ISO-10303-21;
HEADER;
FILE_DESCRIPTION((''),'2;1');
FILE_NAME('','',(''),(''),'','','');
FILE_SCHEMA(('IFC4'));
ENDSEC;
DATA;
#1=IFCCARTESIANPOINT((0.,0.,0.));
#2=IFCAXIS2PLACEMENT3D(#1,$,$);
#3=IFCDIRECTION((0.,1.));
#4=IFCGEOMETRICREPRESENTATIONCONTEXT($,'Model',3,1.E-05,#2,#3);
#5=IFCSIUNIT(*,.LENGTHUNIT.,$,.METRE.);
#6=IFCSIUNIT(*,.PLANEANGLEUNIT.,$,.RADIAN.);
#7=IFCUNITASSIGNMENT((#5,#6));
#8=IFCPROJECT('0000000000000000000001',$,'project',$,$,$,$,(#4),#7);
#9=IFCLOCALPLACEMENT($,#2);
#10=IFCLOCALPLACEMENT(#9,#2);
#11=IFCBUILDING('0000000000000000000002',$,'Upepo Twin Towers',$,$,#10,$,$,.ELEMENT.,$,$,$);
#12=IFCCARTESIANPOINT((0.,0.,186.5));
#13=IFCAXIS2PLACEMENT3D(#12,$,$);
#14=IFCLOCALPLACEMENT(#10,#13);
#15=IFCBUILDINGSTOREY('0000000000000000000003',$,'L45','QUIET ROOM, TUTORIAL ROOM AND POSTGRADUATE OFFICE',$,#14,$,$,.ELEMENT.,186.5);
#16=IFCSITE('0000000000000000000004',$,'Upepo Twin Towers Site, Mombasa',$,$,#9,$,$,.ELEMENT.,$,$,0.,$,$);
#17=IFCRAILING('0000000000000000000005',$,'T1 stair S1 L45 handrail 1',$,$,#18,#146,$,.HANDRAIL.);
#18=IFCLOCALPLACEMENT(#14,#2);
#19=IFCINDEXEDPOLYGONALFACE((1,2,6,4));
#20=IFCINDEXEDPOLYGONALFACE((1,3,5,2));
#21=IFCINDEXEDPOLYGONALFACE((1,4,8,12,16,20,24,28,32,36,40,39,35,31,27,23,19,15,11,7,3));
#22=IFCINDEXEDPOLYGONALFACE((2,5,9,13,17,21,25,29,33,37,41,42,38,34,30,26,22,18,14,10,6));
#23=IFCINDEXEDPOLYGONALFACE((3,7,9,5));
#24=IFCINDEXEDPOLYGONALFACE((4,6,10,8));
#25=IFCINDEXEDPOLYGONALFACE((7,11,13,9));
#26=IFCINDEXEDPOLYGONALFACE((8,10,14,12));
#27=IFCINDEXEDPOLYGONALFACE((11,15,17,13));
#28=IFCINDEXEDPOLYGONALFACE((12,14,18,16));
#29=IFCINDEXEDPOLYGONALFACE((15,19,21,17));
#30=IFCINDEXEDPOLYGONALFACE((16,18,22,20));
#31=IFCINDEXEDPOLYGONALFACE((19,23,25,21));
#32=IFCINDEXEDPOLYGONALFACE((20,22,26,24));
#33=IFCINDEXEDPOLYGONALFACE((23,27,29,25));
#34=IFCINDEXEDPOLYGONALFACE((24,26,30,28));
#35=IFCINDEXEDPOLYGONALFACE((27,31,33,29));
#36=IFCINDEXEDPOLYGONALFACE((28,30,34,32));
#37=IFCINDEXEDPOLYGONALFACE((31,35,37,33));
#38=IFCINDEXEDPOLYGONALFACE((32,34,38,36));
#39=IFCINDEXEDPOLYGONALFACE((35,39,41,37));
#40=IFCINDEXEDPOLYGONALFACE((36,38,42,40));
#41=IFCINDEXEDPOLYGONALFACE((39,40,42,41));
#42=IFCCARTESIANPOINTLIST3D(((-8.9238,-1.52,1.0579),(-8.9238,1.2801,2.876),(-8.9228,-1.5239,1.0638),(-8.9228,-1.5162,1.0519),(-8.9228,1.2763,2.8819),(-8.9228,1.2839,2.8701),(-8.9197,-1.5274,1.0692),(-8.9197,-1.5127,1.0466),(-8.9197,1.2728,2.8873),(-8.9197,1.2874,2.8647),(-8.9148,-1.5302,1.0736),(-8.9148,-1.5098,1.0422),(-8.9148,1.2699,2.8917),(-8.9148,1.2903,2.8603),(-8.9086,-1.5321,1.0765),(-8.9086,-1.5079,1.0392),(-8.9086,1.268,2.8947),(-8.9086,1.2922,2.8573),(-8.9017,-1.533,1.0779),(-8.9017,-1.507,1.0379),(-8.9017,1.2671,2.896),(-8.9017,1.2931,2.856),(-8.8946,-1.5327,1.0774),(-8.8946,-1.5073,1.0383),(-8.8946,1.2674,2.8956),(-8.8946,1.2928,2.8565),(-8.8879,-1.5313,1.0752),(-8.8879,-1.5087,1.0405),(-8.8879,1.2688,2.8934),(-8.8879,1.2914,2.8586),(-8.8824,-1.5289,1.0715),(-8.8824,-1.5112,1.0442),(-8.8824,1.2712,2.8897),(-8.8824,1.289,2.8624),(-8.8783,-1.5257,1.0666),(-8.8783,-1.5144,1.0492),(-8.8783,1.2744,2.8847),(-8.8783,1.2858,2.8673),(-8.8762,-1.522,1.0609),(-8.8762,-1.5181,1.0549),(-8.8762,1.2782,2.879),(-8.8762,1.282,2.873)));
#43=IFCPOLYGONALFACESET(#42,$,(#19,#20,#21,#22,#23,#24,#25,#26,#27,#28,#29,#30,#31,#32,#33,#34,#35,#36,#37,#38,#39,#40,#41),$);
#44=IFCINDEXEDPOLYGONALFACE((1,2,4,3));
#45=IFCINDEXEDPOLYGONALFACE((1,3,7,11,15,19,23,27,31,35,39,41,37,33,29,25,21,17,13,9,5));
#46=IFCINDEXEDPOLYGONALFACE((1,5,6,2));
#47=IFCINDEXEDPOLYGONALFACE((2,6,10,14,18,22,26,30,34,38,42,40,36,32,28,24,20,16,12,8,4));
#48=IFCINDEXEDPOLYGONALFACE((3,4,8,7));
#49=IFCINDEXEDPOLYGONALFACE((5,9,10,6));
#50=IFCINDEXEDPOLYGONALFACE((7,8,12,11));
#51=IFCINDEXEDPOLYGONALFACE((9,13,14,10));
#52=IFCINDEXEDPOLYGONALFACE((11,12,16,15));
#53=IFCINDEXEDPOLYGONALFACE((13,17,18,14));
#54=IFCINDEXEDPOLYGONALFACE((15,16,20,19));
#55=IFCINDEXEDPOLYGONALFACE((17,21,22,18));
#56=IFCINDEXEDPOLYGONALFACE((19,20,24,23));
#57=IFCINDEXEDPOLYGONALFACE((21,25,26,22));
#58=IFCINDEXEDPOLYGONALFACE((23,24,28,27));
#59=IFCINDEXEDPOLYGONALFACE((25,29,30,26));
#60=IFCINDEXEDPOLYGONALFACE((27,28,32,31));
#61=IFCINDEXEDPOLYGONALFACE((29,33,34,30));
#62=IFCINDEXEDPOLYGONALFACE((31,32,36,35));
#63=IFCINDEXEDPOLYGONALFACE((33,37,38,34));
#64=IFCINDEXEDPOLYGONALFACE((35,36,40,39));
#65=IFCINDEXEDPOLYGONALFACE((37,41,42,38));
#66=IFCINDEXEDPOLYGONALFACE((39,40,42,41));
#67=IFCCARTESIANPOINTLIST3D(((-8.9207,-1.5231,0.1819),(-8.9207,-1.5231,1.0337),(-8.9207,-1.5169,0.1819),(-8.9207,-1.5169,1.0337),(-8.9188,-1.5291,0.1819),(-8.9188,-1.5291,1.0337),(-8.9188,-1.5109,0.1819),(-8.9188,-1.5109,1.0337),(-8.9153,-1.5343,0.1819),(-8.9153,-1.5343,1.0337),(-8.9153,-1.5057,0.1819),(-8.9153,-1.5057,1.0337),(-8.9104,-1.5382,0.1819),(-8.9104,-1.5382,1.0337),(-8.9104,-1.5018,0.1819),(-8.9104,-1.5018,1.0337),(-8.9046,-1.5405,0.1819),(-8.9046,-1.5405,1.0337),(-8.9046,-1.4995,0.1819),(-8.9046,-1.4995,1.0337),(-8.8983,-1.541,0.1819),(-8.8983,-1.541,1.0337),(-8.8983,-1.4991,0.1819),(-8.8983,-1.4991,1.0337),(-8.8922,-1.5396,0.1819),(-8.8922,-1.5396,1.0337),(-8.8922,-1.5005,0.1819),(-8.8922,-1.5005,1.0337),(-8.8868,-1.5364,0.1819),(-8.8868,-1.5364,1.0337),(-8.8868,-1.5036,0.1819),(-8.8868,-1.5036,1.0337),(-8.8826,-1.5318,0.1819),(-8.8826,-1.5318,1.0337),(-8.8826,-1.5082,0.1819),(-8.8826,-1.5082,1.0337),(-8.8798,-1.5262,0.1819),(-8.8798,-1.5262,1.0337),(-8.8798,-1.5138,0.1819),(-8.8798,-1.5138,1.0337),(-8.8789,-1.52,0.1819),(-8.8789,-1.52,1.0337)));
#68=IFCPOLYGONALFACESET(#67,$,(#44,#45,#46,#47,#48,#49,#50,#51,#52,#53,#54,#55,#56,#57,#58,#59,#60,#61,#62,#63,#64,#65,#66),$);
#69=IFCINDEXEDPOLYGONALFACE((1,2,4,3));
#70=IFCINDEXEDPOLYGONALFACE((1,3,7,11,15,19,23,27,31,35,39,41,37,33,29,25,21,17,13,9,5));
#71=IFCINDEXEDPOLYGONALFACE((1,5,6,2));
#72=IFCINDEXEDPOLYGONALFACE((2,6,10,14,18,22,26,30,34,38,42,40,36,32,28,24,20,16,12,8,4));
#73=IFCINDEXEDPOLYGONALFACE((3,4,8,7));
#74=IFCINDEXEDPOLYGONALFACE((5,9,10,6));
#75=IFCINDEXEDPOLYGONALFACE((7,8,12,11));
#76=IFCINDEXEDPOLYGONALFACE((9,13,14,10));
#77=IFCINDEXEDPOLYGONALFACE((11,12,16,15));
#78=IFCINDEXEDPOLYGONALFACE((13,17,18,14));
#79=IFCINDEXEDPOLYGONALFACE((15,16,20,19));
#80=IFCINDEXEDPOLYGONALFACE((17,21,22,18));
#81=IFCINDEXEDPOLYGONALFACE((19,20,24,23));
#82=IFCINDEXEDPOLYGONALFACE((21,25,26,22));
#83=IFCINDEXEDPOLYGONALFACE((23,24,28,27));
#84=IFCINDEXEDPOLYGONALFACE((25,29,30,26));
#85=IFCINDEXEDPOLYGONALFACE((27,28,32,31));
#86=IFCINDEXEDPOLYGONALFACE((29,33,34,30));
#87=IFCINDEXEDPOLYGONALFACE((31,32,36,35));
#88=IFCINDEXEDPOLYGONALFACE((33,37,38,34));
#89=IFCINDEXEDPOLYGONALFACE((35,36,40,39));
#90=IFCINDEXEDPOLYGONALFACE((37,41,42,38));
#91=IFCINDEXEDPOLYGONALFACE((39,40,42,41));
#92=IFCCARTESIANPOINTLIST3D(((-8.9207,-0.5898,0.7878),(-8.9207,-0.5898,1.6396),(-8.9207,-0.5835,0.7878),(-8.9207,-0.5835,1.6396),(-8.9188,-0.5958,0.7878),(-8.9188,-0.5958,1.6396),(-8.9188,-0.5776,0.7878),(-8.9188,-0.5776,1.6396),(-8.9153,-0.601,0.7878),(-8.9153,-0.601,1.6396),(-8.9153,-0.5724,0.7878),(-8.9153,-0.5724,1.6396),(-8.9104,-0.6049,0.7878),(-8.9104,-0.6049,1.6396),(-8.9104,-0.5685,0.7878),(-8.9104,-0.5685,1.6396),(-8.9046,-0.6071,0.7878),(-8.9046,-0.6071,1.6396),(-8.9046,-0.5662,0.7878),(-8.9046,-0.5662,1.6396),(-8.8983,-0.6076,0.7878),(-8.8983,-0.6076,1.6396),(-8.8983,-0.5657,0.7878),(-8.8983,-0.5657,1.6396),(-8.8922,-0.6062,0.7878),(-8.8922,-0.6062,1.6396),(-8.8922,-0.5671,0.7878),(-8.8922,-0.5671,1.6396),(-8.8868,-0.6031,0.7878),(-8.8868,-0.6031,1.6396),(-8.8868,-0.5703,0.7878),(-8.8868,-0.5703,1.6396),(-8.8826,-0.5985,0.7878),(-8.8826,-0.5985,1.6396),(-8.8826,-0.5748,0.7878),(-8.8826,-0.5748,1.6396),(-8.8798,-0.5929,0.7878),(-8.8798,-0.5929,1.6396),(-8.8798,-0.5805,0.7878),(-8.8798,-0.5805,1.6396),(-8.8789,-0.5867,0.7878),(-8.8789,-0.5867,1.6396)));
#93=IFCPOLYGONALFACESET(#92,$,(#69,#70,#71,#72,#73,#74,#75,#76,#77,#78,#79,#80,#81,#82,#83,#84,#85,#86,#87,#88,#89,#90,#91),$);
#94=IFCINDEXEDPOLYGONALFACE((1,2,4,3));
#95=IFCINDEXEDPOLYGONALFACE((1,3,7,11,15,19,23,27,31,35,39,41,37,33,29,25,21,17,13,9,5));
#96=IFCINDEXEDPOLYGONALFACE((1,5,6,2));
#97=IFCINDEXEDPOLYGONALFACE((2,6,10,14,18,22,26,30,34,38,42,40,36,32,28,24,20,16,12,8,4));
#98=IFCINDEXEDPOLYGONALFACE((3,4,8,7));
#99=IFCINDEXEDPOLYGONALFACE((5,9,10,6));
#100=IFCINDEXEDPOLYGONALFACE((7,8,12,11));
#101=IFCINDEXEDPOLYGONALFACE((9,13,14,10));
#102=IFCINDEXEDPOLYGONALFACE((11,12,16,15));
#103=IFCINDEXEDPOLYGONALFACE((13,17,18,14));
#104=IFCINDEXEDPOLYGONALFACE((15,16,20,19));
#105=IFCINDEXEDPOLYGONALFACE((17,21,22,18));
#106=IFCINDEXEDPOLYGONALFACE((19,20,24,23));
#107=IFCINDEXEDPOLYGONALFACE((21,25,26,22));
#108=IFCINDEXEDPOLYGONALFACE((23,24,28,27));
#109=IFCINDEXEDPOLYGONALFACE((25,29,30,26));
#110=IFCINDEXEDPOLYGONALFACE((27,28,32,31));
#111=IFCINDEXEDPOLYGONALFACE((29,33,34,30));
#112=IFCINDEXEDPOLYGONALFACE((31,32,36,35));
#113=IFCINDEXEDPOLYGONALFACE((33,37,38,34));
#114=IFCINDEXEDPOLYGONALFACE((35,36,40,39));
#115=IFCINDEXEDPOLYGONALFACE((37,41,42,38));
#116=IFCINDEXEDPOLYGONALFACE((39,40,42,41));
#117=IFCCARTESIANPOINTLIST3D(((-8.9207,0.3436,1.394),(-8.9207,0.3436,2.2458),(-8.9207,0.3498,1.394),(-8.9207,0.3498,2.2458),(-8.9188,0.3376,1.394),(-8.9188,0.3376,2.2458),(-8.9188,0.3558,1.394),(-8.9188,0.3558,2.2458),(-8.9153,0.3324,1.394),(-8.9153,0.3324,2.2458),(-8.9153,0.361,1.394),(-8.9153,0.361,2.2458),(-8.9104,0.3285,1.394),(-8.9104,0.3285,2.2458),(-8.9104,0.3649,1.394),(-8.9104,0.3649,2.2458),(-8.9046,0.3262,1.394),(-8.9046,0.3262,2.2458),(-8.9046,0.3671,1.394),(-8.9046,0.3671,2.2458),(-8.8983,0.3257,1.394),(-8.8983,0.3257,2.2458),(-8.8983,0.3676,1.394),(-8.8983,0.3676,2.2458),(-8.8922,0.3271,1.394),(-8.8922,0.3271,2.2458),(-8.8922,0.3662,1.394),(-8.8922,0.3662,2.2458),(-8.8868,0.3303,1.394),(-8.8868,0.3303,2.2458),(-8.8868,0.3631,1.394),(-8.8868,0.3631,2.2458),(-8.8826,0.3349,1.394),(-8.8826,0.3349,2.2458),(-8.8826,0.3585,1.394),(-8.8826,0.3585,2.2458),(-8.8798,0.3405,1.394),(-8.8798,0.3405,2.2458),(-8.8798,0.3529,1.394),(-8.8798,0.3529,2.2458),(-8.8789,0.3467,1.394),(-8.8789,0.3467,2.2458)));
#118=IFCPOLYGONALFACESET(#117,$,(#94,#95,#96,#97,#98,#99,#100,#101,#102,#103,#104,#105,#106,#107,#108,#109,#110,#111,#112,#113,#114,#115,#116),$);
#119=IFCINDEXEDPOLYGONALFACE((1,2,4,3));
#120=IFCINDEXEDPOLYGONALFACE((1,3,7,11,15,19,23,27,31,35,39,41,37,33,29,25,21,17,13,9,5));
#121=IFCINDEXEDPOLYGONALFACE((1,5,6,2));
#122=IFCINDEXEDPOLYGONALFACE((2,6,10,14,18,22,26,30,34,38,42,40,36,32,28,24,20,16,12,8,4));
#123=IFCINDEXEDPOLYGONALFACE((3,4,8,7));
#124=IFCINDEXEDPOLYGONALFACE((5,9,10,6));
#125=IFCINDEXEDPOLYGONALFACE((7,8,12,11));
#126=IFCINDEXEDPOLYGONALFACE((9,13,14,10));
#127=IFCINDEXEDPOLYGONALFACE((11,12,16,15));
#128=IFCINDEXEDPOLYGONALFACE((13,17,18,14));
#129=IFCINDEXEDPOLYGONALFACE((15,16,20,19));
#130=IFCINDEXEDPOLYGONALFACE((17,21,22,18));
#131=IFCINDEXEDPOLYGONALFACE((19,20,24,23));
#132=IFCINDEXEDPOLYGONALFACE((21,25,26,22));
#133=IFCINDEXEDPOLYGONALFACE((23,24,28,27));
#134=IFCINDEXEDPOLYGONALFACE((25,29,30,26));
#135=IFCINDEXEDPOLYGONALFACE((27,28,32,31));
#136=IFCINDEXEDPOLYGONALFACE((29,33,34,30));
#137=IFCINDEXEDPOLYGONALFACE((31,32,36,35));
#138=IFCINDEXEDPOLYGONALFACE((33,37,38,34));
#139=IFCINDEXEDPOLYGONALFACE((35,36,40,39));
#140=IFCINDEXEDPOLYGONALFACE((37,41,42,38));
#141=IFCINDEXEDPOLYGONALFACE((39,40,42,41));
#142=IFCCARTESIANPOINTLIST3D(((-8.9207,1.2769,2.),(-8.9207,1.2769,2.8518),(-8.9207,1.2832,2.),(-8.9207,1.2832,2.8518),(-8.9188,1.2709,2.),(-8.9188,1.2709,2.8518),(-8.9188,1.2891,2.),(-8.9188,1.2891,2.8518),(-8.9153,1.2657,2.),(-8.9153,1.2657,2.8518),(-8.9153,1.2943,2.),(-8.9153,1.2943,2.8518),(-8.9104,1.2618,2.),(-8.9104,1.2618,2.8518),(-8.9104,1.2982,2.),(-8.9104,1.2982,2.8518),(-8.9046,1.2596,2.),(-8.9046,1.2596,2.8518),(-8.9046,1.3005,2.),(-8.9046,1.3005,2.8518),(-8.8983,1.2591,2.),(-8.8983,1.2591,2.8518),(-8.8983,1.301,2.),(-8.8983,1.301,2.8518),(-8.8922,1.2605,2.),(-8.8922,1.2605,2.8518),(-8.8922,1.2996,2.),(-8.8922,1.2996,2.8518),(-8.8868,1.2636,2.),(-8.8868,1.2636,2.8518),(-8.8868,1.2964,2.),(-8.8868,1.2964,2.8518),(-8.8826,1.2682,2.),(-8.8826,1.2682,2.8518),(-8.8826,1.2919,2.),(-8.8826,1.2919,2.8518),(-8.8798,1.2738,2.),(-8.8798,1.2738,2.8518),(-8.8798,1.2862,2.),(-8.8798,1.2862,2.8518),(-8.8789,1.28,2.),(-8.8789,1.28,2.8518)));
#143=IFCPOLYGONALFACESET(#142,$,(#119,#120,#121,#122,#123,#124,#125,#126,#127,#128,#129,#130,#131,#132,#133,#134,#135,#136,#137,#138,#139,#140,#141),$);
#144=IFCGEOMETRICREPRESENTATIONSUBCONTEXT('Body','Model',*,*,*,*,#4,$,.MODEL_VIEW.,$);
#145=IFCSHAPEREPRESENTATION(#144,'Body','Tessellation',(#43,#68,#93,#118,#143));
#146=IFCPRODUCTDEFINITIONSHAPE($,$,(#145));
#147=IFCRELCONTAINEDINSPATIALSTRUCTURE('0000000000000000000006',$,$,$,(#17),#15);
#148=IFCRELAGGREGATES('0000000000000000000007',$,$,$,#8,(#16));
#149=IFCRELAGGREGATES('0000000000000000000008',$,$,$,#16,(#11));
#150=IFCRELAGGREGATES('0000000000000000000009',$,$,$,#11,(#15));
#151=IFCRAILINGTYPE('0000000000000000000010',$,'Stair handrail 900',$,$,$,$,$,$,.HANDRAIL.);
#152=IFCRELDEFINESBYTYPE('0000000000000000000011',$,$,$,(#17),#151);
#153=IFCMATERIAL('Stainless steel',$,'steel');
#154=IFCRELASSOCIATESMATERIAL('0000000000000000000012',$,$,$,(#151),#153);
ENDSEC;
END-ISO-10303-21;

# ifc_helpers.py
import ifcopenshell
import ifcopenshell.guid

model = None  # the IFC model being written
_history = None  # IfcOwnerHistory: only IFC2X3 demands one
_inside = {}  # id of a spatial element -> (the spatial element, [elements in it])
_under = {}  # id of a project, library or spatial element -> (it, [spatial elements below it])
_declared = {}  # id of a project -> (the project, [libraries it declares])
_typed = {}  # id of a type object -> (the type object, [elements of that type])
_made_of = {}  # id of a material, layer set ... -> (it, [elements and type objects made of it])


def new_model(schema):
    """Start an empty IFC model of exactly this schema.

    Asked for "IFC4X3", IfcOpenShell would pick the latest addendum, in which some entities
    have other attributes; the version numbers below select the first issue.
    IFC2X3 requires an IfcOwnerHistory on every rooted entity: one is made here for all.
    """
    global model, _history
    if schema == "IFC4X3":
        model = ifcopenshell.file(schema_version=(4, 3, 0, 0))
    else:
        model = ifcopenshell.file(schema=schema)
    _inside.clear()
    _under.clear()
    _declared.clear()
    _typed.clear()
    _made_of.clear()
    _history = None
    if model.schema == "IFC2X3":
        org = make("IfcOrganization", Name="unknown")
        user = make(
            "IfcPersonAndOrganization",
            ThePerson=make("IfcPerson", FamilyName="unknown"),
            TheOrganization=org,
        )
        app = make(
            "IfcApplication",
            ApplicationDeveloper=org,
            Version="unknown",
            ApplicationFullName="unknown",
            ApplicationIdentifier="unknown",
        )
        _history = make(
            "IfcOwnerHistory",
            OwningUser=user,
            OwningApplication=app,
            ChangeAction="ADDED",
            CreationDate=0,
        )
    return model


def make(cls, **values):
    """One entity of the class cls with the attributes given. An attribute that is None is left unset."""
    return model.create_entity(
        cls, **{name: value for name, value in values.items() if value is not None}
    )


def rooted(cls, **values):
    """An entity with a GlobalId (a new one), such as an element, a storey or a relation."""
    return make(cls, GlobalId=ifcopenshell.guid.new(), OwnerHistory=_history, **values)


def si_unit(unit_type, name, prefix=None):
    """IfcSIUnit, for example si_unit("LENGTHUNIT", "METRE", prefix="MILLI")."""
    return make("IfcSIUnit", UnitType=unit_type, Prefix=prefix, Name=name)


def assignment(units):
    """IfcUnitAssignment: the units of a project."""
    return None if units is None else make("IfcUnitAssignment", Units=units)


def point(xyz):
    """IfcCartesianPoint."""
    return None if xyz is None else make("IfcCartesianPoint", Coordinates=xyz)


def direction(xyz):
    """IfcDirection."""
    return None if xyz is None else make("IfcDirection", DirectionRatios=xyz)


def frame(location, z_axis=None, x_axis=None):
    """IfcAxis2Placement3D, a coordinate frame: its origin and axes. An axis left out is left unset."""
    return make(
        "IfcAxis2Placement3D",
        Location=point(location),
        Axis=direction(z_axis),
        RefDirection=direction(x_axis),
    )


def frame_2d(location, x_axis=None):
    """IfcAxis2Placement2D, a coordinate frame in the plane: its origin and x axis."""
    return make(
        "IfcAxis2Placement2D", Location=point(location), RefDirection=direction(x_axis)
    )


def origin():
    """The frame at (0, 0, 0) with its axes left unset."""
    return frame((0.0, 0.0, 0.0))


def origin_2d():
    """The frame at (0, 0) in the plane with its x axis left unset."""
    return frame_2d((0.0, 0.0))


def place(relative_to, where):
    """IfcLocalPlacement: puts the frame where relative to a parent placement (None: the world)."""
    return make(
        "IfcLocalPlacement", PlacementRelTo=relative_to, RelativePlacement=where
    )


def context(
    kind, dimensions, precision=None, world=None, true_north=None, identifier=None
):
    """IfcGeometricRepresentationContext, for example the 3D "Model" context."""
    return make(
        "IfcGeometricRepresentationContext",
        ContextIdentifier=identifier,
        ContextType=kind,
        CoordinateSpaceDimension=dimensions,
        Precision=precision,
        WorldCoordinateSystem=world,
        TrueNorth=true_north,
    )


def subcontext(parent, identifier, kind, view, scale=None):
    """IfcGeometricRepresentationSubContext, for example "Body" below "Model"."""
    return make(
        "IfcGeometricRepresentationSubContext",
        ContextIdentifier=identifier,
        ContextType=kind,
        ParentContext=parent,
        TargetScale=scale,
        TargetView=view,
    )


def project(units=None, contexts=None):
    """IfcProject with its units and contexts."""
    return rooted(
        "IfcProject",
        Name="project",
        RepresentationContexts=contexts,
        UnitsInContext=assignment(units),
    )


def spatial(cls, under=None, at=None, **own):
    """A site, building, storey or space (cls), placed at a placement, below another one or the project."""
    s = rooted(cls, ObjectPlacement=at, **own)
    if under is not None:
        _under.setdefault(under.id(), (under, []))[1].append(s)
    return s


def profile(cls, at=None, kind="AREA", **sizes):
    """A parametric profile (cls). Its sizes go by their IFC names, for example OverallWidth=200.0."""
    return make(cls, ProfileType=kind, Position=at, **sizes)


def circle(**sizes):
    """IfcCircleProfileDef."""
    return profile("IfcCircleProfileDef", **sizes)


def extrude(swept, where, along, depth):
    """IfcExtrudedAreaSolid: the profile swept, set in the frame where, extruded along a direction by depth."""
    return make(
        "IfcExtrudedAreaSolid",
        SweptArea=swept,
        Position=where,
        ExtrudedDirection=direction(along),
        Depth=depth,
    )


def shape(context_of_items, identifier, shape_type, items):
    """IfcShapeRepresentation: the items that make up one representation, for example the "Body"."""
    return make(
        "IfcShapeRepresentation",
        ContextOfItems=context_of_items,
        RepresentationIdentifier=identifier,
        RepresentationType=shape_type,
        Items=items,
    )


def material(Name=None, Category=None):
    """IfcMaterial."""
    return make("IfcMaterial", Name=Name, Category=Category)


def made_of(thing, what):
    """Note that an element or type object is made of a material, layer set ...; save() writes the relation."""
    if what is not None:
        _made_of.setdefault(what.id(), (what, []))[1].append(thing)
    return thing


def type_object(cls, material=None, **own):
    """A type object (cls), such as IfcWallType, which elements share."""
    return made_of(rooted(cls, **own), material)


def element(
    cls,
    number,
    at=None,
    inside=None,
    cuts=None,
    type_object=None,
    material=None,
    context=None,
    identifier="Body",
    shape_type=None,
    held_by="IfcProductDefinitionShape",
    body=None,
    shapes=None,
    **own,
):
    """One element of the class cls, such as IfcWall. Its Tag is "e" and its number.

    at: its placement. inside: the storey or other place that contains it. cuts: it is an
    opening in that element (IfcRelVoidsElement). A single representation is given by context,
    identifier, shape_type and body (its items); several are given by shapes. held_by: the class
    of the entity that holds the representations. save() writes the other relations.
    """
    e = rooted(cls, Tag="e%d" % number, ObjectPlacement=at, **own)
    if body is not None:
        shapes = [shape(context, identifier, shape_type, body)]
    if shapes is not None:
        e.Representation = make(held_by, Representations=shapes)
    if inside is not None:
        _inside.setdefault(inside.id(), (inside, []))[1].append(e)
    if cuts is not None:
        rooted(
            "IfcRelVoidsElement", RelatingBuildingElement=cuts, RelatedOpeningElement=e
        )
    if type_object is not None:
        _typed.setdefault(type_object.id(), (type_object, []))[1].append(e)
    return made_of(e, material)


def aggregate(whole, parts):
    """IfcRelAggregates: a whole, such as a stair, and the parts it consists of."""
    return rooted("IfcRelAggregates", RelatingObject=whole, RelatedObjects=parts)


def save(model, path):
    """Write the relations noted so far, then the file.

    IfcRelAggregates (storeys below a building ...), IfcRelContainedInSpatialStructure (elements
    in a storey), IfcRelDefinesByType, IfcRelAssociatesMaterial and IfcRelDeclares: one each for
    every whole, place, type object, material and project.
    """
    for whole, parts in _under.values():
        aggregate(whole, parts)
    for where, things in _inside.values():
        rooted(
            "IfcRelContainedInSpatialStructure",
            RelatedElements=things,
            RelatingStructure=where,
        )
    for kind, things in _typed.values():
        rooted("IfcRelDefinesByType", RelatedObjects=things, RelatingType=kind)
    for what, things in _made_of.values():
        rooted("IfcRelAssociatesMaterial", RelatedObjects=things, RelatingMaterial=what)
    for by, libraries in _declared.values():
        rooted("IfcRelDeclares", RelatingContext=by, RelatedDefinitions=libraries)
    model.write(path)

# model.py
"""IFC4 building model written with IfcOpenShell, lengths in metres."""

from ifc_helpers import new_model, si_unit, direction, frame, origin, origin_2d, place, context, subcontext, project, spatial, circle, extrude, material, type_object, element, save


model = new_model("IFC4")

# Units and contexts
model_context = context("Model", 3, precision=1e-05, world=origin(), true_north=direction((0.0, 1.0)))
body_context = subcontext(model_context, "Body", "Model", "MODEL_VIEW")
ifc_project = project(units=[si_unit("LENGTHUNIT", "METRE"), si_unit("PLANEANGLEUNIT", "RADIAN")], contexts=[model_context])

# Site, building, storey
site_placement = place(None, origin())
site = spatial("IfcSite", under=ifc_project, at=site_placement, Name="Upepo Twin Towers Site, Mombasa", CompositionType="ELEMENT", RefElevation=0.0)
building_placement = place(site_placement, origin())
building = spatial("IfcBuilding", under=site, at=building_placement, Name="Upepo Twin Towers", CompositionType="ELEMENT")
storey_placement = place(building_placement, frame((0.0, 0.0, 186.5)))
storey = spatial("IfcBuildingStorey", under=building, at=storey_placement, Name="L45", Description="QUIET ROOM, TUTORIAL ROOM AND POSTGRADUATE OFFICE", CompositionType="ELEMENT", Elevation=186.5)

# Railing
ifc_material_1 = material(Name="Stainless steel", Category="steel")
railing_type = type_object("IfcRailingType", Name="Stair handrail 900", PredefinedType="HANDRAIL", material=ifc_material_1)
railing_1_placement = place(storey_placement, frame((-8.8999, -1.52, 0.1819)))
element("IfcRailing", 1, at=railing_1_placement, inside=storey, type_object=railing_type, Name="T1 stair S1 L45 handrail 1", PredefinedType="HANDRAIL", context=body_context, shape_type="SweptSolid", body=[
    extrude(circle(Radius=0.0239, at=origin_2d()), frame((0.0, 0.0, 0.876), z_axis=(0.0, 0.838706, 0.544585), x_axis=(-1.0, 0.0, 0.0)), (0.0, 0.0, 1.0), 3.3386),
    extrude(circle(Radius=0.021, at=origin_2d()), origin(), (0.0, 0.0, 1.0), 0.8518),
    extrude(circle(Radius=0.021, at=origin_2d()), frame((0.0, 0.9333, 0.606)), (0.0, 0.0, 1.0), 0.8518),
    extrude(circle(Radius=0.021, at=origin_2d()), frame((0.0, 1.8667, 1.2122)), (0.0, 0.0, 1.0), 0.8518),
    extrude(circle(Radius=0.021, at=origin_2d()), frame((0.0, 2.8, 1.8181)), (0.0, 0.0, 1.0), 0.8518),
])

save(model, "model.ifc")
